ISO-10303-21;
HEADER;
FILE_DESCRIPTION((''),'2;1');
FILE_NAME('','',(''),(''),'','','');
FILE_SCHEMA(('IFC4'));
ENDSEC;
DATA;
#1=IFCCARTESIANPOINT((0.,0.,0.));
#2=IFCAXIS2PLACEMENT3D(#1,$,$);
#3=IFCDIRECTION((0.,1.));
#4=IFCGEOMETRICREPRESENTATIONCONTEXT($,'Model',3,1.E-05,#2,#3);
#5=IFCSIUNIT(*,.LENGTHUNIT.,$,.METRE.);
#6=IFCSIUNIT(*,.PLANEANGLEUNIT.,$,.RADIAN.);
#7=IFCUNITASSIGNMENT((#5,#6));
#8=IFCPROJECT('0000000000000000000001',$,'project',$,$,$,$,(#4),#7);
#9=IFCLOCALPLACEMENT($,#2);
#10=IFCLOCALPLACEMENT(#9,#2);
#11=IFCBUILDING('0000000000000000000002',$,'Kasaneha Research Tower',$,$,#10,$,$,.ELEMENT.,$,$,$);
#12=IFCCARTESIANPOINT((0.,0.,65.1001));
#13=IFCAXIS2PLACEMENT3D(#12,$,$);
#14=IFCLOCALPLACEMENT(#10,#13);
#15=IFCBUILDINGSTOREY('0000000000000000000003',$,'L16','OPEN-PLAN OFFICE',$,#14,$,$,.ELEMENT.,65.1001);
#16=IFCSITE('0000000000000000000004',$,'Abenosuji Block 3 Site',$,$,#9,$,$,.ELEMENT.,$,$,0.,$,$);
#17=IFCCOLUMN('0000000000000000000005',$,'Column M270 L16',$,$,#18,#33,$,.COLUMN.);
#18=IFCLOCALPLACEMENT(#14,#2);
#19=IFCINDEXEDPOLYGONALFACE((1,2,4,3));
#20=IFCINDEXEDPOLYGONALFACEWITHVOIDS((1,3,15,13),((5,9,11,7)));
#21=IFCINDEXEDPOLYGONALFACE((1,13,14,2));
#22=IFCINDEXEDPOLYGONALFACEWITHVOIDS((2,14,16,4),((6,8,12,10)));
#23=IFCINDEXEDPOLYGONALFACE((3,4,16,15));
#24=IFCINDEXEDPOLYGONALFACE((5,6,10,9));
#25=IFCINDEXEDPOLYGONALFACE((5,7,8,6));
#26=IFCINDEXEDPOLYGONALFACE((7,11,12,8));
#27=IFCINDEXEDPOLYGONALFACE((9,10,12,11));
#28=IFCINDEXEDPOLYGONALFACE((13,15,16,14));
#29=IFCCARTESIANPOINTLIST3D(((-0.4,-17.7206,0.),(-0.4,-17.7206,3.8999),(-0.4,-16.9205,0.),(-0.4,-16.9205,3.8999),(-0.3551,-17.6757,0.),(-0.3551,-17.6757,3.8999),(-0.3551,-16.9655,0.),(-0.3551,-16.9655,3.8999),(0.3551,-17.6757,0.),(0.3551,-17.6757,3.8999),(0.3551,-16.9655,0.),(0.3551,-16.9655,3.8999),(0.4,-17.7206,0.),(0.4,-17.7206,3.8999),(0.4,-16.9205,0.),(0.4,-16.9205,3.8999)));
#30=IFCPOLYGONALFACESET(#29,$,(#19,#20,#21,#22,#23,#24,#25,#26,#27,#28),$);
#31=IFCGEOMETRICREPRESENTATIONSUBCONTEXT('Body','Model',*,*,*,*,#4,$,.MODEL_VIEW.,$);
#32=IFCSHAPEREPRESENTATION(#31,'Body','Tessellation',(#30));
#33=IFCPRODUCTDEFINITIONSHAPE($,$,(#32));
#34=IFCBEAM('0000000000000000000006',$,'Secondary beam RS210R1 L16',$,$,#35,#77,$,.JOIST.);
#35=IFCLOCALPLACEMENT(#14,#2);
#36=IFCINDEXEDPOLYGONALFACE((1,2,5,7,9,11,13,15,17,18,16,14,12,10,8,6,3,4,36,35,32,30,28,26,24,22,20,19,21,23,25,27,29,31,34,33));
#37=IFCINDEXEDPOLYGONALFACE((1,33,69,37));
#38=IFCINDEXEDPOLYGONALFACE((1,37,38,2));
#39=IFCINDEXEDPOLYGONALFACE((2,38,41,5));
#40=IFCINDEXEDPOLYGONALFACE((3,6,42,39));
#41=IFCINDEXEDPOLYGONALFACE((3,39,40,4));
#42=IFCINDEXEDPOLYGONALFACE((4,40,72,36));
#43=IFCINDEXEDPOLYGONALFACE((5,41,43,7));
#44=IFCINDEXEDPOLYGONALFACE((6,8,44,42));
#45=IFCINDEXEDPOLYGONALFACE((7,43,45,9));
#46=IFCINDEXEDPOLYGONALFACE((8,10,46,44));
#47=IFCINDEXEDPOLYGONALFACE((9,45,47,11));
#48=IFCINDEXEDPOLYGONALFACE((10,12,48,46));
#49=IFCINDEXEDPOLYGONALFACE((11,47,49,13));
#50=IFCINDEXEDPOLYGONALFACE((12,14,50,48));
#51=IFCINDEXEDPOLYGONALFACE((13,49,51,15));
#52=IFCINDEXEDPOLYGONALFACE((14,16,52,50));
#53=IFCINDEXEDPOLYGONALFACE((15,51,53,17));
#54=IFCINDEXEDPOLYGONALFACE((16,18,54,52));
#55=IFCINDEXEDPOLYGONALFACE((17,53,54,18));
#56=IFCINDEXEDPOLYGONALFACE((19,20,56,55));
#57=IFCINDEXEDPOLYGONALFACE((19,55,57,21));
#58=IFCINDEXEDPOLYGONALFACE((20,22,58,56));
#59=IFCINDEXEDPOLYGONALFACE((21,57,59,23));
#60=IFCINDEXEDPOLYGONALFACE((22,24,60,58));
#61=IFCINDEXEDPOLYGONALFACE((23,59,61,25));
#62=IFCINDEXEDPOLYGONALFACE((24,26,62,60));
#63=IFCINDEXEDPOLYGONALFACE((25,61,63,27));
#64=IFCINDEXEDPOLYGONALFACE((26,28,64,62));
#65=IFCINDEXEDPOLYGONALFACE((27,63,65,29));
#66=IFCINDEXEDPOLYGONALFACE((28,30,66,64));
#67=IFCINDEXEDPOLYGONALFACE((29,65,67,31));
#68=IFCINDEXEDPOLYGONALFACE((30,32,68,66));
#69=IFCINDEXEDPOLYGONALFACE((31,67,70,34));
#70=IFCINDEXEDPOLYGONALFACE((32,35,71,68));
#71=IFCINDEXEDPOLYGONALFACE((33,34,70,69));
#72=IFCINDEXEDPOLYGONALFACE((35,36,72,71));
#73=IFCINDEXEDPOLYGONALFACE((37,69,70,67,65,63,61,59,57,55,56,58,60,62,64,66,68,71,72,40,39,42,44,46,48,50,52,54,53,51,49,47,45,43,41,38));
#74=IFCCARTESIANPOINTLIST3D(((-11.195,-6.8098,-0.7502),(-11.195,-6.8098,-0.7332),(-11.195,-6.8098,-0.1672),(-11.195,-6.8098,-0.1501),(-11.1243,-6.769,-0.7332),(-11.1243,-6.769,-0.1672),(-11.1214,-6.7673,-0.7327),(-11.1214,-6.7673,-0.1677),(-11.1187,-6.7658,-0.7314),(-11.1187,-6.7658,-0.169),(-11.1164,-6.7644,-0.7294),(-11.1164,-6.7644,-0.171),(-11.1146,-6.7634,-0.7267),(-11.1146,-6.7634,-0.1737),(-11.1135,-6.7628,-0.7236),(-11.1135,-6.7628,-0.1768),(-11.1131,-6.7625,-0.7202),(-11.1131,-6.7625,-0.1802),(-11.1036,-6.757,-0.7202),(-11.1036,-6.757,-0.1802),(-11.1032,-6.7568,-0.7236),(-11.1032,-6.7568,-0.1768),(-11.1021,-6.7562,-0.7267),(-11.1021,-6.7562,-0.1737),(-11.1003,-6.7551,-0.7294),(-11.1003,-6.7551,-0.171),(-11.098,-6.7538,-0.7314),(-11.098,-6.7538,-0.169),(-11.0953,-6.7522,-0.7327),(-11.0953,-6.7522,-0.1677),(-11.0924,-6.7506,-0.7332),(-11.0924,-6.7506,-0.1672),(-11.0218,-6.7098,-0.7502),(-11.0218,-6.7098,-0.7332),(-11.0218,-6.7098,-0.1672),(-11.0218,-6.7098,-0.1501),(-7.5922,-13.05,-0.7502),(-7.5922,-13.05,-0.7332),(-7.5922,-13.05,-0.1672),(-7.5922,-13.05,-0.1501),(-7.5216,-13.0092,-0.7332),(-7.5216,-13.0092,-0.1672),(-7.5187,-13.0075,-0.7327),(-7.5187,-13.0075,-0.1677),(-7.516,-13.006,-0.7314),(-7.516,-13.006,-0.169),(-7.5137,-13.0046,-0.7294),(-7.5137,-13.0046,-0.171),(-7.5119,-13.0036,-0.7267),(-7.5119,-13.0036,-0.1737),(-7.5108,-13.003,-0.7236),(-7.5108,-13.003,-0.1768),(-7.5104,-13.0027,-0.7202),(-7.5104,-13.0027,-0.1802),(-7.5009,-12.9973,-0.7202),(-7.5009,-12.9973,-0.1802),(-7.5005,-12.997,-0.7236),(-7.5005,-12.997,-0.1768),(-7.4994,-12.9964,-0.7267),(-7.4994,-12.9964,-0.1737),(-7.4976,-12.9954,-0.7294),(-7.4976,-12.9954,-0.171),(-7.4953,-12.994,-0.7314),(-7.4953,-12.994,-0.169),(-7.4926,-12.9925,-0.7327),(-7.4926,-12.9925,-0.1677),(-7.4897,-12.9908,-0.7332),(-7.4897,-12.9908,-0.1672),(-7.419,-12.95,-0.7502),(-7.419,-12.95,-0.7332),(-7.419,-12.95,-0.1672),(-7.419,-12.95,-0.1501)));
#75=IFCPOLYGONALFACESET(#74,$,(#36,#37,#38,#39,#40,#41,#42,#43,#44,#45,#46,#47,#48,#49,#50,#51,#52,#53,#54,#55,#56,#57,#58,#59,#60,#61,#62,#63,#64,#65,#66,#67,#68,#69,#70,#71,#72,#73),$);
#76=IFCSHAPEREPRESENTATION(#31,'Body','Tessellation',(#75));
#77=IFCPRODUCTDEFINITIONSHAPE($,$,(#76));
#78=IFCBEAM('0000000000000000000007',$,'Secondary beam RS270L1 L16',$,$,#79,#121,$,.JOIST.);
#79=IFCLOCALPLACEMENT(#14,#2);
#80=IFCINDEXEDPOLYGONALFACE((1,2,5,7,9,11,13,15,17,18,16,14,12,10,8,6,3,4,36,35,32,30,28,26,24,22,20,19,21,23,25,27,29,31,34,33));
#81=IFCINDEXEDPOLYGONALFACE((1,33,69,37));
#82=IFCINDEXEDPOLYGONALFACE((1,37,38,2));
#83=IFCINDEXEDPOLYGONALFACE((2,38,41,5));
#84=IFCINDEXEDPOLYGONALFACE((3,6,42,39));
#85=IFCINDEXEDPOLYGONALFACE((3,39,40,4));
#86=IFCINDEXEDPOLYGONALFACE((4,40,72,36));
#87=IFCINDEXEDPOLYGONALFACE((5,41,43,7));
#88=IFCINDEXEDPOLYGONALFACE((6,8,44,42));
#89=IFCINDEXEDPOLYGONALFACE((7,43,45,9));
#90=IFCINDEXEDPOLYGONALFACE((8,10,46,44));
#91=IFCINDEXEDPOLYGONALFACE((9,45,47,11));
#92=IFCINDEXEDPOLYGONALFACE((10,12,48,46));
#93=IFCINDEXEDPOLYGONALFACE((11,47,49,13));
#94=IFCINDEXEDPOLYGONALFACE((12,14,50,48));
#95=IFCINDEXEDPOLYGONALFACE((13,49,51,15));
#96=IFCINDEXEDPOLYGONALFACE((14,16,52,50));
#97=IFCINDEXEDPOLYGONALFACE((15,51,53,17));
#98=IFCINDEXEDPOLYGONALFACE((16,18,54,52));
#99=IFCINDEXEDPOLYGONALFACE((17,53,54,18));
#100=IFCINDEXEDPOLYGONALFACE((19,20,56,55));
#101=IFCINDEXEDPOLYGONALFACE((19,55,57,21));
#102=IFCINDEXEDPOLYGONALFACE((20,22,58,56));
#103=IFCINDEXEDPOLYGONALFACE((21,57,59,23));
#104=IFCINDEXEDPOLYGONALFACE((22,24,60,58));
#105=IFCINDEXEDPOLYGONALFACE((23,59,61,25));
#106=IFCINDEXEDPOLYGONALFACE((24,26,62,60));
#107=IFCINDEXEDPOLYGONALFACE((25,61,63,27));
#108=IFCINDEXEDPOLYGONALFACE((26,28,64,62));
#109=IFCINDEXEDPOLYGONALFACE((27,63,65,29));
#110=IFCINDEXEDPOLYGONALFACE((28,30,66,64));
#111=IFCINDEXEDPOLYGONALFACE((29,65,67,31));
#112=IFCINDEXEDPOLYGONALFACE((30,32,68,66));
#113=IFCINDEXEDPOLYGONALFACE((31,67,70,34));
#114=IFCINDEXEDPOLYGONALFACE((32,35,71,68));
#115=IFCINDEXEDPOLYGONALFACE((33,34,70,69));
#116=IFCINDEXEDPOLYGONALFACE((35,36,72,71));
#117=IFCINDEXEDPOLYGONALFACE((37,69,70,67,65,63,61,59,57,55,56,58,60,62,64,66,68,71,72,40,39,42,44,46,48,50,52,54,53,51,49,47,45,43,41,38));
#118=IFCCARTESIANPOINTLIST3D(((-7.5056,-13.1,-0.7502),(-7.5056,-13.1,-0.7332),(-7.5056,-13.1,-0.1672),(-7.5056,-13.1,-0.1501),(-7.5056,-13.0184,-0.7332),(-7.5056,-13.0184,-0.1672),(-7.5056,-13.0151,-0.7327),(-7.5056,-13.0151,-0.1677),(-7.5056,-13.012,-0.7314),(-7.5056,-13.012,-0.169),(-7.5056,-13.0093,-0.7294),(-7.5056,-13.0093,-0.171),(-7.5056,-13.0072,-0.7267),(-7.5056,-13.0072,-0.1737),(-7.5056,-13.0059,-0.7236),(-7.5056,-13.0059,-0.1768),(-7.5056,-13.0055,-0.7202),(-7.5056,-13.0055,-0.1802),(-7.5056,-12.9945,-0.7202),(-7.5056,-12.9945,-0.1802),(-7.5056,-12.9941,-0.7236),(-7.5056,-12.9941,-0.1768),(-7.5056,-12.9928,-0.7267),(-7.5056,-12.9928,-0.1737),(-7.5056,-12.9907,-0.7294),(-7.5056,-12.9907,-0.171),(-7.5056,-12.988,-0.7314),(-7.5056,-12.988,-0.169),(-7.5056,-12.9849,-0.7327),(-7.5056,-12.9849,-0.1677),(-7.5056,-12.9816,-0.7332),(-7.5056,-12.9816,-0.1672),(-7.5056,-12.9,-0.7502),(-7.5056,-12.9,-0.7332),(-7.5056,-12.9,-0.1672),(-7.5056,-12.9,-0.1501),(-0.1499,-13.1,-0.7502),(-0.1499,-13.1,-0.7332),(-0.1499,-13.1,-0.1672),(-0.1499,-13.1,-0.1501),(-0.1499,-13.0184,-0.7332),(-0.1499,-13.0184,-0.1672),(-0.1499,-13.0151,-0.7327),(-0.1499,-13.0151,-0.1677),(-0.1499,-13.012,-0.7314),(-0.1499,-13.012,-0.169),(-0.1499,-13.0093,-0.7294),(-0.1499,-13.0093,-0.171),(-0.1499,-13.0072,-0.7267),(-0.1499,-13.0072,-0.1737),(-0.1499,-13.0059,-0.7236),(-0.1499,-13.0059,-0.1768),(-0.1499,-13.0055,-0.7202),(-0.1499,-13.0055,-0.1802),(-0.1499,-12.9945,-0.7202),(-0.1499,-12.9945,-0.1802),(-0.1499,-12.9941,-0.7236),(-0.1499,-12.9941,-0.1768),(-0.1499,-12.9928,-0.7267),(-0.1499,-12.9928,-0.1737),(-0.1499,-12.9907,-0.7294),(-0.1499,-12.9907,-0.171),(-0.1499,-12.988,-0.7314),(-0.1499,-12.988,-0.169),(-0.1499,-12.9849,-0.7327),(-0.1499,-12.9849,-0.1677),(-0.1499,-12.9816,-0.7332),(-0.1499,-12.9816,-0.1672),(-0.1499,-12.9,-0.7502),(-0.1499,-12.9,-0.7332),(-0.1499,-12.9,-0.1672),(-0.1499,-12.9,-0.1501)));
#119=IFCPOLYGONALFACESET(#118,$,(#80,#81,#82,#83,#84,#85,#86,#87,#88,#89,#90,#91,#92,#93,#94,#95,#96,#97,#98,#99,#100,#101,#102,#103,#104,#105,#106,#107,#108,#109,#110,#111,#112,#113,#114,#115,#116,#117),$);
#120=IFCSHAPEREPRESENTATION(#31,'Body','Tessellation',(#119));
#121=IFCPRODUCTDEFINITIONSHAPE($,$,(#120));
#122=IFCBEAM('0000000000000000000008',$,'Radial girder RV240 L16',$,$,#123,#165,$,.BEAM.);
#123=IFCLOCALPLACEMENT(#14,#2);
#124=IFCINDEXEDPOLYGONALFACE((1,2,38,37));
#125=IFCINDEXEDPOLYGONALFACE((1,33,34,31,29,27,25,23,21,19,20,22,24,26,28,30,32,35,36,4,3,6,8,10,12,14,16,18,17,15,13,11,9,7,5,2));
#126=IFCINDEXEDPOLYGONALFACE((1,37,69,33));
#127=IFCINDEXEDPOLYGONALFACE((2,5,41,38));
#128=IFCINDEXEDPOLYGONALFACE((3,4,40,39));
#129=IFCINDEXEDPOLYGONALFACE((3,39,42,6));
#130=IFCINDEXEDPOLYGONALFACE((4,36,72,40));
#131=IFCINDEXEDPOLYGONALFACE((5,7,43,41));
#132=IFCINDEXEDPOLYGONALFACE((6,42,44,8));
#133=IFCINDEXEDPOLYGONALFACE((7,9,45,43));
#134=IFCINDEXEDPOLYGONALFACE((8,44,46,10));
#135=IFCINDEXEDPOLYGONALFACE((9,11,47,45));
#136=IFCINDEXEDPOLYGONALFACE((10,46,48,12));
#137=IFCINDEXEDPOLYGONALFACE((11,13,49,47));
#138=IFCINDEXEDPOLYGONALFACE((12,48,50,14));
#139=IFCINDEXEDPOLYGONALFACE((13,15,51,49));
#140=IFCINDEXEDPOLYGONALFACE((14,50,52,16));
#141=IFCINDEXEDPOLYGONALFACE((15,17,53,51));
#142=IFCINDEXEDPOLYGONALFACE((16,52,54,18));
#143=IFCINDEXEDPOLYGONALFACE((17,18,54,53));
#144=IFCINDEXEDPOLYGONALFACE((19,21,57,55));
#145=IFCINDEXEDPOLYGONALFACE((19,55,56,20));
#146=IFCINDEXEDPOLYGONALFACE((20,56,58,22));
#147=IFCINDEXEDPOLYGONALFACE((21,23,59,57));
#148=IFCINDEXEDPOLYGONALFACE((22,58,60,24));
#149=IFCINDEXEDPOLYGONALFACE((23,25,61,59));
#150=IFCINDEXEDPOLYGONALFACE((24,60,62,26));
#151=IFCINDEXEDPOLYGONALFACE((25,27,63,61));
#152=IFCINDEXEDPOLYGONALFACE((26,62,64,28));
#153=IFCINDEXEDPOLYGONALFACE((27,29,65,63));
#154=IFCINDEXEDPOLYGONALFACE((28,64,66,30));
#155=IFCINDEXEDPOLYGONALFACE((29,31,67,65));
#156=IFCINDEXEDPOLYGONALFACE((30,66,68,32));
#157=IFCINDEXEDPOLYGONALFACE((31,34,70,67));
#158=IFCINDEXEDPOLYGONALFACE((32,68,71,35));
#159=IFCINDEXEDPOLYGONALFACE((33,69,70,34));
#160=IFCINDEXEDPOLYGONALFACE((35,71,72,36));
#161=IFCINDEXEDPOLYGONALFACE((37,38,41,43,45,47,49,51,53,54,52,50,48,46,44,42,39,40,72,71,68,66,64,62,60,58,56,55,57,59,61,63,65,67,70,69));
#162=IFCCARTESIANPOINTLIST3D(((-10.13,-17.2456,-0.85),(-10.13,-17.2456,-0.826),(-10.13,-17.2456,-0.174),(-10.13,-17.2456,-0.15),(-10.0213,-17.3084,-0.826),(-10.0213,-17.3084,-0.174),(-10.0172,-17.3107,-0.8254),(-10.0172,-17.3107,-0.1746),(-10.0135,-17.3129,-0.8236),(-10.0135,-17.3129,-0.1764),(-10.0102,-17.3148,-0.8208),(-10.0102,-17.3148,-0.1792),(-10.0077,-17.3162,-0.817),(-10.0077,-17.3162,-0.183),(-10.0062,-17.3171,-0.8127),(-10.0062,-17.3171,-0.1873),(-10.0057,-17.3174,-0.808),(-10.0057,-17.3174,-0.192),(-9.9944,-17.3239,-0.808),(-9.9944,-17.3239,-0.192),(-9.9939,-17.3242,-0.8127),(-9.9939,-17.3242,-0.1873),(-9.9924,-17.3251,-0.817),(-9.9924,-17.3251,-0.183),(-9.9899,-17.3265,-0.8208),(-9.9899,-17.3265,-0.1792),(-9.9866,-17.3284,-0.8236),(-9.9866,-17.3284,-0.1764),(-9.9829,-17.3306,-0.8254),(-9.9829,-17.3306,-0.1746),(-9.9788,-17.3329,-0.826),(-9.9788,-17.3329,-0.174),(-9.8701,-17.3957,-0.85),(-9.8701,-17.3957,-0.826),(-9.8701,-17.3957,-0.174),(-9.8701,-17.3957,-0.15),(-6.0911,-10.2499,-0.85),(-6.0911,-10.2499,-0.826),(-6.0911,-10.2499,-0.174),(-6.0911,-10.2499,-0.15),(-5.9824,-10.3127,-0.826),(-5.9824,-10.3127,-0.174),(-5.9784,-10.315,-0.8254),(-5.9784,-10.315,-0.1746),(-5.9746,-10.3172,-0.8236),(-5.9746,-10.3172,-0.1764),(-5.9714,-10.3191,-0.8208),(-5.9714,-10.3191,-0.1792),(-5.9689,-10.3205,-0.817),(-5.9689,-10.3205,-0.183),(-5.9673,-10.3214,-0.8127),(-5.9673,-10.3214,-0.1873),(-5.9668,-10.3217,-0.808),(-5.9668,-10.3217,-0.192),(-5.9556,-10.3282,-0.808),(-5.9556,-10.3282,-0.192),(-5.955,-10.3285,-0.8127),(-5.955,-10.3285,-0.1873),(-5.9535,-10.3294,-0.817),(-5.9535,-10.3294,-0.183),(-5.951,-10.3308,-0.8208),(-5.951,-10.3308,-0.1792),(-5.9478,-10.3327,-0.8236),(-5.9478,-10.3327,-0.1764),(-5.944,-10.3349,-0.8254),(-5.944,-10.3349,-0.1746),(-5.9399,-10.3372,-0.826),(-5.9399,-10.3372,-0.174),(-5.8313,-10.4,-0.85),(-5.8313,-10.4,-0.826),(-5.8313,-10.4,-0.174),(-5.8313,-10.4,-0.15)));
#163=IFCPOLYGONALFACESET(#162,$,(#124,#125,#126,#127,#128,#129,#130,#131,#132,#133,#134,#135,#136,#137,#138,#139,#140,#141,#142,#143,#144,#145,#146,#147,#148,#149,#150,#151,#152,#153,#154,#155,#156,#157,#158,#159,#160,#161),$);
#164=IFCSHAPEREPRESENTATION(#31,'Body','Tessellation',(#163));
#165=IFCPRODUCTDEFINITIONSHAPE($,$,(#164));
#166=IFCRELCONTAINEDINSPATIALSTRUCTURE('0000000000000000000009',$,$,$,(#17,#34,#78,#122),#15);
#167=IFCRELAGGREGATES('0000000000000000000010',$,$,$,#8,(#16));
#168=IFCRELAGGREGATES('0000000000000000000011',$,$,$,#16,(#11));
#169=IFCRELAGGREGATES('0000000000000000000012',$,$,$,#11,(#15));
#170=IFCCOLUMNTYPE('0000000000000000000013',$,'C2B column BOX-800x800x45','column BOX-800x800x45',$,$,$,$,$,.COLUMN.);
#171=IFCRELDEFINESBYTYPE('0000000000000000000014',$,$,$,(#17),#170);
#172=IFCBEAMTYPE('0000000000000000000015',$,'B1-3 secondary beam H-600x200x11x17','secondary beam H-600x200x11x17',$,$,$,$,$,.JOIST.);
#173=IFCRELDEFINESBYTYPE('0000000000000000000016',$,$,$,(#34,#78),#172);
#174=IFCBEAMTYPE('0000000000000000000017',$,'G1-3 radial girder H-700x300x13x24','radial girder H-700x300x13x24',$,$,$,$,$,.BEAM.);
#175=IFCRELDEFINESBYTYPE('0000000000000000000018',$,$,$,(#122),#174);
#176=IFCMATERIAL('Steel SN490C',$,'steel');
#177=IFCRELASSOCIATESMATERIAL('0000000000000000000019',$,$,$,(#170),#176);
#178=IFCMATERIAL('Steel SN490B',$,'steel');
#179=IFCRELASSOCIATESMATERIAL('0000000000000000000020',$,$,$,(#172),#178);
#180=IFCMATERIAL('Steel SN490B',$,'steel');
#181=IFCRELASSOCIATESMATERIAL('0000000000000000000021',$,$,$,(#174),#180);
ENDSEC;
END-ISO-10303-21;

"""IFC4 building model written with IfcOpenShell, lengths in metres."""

from ifc_helpers import new_model, si_unit, direction, frame, origin, origin_2d, place, context, subcontext, project, spatial, hollow_rectangle, i_section, extrude, material, material_profile, profile_set, type_object, element, save


model = new_model("IFC4")

# Units and contexts
model_context = context("Model", 3, precision=1e-05, world=origin(), true_north=direction((0.0, 1.0)))
body_context = subcontext(model_context, "Body", "Model", "MODEL_VIEW")
ifc_project = project(units=[si_unit("LENGTHUNIT", "METRE"), si_unit("PLANEANGLEUNIT", "RADIAN")], contexts=[model_context])

# Site, building, storey
site_placement = place(None, origin())
site = spatial("IfcSite", under=ifc_project, at=site_placement, Name="Abenosuji Block 3 Site", CompositionType="ELEMENT", RefElevation=0.0)
building_placement = place(site_placement, origin())
building = spatial("IfcBuilding", under=site, at=building_placement, Name="Kasaneha Research Tower", CompositionType="ELEMENT")
storey_placement = place(building_placement, frame((0.0, 0.0, 65.1001)))
storey = spatial("IfcBuildingStorey", under=building, at=storey_placement, Name="L16", Description="OPEN-PLAN OFFICE", CompositionType="ELEMENT", Elevation=65.1001)

# Column
ifc_material_1 = material(Name="Steel SN490C", Category="steel")
ifc_material_profile_1 = material_profile(ifc_material_1, hollow_rectangle(XDim=0.8, YDim=0.8, WallThickness=0.0449, at=origin_2d()), Name="BOX-800x800x45")
ifc_profile_set_1 = profile_set([ifc_material_profile_1], Name="Steel SN490C")
column_type = type_object("IfcColumnType", Name="C2B column BOX-800x800x45", Description="column BOX-800x800x45", PredefinedType="COLUMN", material=ifc_profile_set_1)
column_placement = place(storey_placement, frame((0.0, -17.3206, 0.0), z_axis=(0.0, 0.0, 1.0), x_axis=(1.0, 0.0, 0.0)))
element("IfcColumn", 1, at=column_placement, inside=storey, type_object=column_type, Name="Column M270 L16", PredefinedType="COLUMN", context=body_context, shape_type="SweptSolid", body=[
    extrude(hollow_rectangle(XDim=0.8, YDim=0.8, WallThickness=0.0449, at=origin_2d()), origin(), (0.0, 0.0, 1.0), 3.8999),
])

# Beams
ifc_material_2 = material(Name="Steel SN490B", Category="steel")
ifc_material_profile_2 = material_profile(ifc_material_2, i_section(OverallWidth=0.2, OverallDepth=0.6001, WebThickness=0.011, FlangeThickness=0.0171, FilletRadius=0.0129, at=origin_2d()), Name="H-600x200x11x17")
ifc_profile_set_2 = profile_set([ifc_material_profile_2], Name="Steel SN490B")
beam_type_1 = type_object("IfcBeamType", Name="B1-3 secondary beam H-600x200x11x17", Description="secondary beam H-600x200x11x17", PredefinedType="JOIST", material=ifc_profile_set_2)
beam_1_placement = place(storey_placement, frame((-7.5056, -13.0, -0.4502), z_axis=(-0.499998, 0.866026, 0.0), x_axis=(-0.866026, -0.499998, 0.0)))
element("IfcBeam", 2, at=beam_1_placement, inside=storey, type_object=beam_type_1, Name="Secondary beam RS210R1 L16", PredefinedType="JOIST", context=body_context, shape_type="SweptSolid", body=[
    extrude(i_section(OverallWidth=0.2, OverallDepth=0.6001, WebThickness=0.011, FlangeThickness=0.0171, FilletRadius=0.0129, at=origin_2d()), origin(), (0.0, 0.0, 1.0), 7.2056),
])
beam_2_placement = place(storey_placement, frame((-7.5056, -13.0, -0.4502), z_axis=(1.0, 0.0, 0.0), x_axis=(0.0, 1.0, 0.0)))
element("IfcBeam", 3, at=beam_2_placement, inside=storey, type_object=beam_type_1, Name="Secondary beam RS270L1 L16", PredefinedType="JOIST", context=body_context, shape_type="SweptSolid", body=[
    extrude(i_section(OverallWidth=0.2, OverallDepth=0.6001, WebThickness=0.011, FlangeThickness=0.0171, FilletRadius=0.0129, at=origin_2d()), origin(), (0.0, 0.0, 1.0), 7.3557),
])
ifc_material_3 = material(Name="Steel SN490B", Category="steel")
ifc_material_profile_3 = material_profile(ifc_material_3, i_section(OverallWidth=0.3, OverallDepth=0.7, WebThickness=0.0129, FlangeThickness=0.0239, FilletRadius=0.0181, at=origin_2d()), Name="H-700x300x13x24")
ifc_profile_set_3 = profile_set([ifc_material_profile_3], Name="Steel SN490B")
beam_type_2 = type_object("IfcBeamType", Name="G1-3 radial girder H-700x300x13x24", Description="radial girder H-700x300x13x24", PredefinedType="BEAM", material=ifc_profile_set_3)
beam_3_placement = place(storey_placement, frame((-5.9612, -10.325, -0.5), z_axis=(-0.499991, -0.866031, 0.0), x_axis=(0.866031, -0.499991, 0.0)))
element("IfcBeam", 4, at=beam_3_placement, inside=storey, type_object=beam_type_2, Name="Radial girder RV240 L16", PredefinedType="BEAM", context=body_context, shape_type="SweptSolid", body=[
    extrude(i_section(OverallWidth=0.3, OverallDepth=0.7, WebThickness=0.0129, FlangeThickness=0.0239, FilletRadius=0.0181, at=origin_2d()), origin(), (0.0, 0.0, 1.0), 8.0779),
])

save(model, "model.ifc")
